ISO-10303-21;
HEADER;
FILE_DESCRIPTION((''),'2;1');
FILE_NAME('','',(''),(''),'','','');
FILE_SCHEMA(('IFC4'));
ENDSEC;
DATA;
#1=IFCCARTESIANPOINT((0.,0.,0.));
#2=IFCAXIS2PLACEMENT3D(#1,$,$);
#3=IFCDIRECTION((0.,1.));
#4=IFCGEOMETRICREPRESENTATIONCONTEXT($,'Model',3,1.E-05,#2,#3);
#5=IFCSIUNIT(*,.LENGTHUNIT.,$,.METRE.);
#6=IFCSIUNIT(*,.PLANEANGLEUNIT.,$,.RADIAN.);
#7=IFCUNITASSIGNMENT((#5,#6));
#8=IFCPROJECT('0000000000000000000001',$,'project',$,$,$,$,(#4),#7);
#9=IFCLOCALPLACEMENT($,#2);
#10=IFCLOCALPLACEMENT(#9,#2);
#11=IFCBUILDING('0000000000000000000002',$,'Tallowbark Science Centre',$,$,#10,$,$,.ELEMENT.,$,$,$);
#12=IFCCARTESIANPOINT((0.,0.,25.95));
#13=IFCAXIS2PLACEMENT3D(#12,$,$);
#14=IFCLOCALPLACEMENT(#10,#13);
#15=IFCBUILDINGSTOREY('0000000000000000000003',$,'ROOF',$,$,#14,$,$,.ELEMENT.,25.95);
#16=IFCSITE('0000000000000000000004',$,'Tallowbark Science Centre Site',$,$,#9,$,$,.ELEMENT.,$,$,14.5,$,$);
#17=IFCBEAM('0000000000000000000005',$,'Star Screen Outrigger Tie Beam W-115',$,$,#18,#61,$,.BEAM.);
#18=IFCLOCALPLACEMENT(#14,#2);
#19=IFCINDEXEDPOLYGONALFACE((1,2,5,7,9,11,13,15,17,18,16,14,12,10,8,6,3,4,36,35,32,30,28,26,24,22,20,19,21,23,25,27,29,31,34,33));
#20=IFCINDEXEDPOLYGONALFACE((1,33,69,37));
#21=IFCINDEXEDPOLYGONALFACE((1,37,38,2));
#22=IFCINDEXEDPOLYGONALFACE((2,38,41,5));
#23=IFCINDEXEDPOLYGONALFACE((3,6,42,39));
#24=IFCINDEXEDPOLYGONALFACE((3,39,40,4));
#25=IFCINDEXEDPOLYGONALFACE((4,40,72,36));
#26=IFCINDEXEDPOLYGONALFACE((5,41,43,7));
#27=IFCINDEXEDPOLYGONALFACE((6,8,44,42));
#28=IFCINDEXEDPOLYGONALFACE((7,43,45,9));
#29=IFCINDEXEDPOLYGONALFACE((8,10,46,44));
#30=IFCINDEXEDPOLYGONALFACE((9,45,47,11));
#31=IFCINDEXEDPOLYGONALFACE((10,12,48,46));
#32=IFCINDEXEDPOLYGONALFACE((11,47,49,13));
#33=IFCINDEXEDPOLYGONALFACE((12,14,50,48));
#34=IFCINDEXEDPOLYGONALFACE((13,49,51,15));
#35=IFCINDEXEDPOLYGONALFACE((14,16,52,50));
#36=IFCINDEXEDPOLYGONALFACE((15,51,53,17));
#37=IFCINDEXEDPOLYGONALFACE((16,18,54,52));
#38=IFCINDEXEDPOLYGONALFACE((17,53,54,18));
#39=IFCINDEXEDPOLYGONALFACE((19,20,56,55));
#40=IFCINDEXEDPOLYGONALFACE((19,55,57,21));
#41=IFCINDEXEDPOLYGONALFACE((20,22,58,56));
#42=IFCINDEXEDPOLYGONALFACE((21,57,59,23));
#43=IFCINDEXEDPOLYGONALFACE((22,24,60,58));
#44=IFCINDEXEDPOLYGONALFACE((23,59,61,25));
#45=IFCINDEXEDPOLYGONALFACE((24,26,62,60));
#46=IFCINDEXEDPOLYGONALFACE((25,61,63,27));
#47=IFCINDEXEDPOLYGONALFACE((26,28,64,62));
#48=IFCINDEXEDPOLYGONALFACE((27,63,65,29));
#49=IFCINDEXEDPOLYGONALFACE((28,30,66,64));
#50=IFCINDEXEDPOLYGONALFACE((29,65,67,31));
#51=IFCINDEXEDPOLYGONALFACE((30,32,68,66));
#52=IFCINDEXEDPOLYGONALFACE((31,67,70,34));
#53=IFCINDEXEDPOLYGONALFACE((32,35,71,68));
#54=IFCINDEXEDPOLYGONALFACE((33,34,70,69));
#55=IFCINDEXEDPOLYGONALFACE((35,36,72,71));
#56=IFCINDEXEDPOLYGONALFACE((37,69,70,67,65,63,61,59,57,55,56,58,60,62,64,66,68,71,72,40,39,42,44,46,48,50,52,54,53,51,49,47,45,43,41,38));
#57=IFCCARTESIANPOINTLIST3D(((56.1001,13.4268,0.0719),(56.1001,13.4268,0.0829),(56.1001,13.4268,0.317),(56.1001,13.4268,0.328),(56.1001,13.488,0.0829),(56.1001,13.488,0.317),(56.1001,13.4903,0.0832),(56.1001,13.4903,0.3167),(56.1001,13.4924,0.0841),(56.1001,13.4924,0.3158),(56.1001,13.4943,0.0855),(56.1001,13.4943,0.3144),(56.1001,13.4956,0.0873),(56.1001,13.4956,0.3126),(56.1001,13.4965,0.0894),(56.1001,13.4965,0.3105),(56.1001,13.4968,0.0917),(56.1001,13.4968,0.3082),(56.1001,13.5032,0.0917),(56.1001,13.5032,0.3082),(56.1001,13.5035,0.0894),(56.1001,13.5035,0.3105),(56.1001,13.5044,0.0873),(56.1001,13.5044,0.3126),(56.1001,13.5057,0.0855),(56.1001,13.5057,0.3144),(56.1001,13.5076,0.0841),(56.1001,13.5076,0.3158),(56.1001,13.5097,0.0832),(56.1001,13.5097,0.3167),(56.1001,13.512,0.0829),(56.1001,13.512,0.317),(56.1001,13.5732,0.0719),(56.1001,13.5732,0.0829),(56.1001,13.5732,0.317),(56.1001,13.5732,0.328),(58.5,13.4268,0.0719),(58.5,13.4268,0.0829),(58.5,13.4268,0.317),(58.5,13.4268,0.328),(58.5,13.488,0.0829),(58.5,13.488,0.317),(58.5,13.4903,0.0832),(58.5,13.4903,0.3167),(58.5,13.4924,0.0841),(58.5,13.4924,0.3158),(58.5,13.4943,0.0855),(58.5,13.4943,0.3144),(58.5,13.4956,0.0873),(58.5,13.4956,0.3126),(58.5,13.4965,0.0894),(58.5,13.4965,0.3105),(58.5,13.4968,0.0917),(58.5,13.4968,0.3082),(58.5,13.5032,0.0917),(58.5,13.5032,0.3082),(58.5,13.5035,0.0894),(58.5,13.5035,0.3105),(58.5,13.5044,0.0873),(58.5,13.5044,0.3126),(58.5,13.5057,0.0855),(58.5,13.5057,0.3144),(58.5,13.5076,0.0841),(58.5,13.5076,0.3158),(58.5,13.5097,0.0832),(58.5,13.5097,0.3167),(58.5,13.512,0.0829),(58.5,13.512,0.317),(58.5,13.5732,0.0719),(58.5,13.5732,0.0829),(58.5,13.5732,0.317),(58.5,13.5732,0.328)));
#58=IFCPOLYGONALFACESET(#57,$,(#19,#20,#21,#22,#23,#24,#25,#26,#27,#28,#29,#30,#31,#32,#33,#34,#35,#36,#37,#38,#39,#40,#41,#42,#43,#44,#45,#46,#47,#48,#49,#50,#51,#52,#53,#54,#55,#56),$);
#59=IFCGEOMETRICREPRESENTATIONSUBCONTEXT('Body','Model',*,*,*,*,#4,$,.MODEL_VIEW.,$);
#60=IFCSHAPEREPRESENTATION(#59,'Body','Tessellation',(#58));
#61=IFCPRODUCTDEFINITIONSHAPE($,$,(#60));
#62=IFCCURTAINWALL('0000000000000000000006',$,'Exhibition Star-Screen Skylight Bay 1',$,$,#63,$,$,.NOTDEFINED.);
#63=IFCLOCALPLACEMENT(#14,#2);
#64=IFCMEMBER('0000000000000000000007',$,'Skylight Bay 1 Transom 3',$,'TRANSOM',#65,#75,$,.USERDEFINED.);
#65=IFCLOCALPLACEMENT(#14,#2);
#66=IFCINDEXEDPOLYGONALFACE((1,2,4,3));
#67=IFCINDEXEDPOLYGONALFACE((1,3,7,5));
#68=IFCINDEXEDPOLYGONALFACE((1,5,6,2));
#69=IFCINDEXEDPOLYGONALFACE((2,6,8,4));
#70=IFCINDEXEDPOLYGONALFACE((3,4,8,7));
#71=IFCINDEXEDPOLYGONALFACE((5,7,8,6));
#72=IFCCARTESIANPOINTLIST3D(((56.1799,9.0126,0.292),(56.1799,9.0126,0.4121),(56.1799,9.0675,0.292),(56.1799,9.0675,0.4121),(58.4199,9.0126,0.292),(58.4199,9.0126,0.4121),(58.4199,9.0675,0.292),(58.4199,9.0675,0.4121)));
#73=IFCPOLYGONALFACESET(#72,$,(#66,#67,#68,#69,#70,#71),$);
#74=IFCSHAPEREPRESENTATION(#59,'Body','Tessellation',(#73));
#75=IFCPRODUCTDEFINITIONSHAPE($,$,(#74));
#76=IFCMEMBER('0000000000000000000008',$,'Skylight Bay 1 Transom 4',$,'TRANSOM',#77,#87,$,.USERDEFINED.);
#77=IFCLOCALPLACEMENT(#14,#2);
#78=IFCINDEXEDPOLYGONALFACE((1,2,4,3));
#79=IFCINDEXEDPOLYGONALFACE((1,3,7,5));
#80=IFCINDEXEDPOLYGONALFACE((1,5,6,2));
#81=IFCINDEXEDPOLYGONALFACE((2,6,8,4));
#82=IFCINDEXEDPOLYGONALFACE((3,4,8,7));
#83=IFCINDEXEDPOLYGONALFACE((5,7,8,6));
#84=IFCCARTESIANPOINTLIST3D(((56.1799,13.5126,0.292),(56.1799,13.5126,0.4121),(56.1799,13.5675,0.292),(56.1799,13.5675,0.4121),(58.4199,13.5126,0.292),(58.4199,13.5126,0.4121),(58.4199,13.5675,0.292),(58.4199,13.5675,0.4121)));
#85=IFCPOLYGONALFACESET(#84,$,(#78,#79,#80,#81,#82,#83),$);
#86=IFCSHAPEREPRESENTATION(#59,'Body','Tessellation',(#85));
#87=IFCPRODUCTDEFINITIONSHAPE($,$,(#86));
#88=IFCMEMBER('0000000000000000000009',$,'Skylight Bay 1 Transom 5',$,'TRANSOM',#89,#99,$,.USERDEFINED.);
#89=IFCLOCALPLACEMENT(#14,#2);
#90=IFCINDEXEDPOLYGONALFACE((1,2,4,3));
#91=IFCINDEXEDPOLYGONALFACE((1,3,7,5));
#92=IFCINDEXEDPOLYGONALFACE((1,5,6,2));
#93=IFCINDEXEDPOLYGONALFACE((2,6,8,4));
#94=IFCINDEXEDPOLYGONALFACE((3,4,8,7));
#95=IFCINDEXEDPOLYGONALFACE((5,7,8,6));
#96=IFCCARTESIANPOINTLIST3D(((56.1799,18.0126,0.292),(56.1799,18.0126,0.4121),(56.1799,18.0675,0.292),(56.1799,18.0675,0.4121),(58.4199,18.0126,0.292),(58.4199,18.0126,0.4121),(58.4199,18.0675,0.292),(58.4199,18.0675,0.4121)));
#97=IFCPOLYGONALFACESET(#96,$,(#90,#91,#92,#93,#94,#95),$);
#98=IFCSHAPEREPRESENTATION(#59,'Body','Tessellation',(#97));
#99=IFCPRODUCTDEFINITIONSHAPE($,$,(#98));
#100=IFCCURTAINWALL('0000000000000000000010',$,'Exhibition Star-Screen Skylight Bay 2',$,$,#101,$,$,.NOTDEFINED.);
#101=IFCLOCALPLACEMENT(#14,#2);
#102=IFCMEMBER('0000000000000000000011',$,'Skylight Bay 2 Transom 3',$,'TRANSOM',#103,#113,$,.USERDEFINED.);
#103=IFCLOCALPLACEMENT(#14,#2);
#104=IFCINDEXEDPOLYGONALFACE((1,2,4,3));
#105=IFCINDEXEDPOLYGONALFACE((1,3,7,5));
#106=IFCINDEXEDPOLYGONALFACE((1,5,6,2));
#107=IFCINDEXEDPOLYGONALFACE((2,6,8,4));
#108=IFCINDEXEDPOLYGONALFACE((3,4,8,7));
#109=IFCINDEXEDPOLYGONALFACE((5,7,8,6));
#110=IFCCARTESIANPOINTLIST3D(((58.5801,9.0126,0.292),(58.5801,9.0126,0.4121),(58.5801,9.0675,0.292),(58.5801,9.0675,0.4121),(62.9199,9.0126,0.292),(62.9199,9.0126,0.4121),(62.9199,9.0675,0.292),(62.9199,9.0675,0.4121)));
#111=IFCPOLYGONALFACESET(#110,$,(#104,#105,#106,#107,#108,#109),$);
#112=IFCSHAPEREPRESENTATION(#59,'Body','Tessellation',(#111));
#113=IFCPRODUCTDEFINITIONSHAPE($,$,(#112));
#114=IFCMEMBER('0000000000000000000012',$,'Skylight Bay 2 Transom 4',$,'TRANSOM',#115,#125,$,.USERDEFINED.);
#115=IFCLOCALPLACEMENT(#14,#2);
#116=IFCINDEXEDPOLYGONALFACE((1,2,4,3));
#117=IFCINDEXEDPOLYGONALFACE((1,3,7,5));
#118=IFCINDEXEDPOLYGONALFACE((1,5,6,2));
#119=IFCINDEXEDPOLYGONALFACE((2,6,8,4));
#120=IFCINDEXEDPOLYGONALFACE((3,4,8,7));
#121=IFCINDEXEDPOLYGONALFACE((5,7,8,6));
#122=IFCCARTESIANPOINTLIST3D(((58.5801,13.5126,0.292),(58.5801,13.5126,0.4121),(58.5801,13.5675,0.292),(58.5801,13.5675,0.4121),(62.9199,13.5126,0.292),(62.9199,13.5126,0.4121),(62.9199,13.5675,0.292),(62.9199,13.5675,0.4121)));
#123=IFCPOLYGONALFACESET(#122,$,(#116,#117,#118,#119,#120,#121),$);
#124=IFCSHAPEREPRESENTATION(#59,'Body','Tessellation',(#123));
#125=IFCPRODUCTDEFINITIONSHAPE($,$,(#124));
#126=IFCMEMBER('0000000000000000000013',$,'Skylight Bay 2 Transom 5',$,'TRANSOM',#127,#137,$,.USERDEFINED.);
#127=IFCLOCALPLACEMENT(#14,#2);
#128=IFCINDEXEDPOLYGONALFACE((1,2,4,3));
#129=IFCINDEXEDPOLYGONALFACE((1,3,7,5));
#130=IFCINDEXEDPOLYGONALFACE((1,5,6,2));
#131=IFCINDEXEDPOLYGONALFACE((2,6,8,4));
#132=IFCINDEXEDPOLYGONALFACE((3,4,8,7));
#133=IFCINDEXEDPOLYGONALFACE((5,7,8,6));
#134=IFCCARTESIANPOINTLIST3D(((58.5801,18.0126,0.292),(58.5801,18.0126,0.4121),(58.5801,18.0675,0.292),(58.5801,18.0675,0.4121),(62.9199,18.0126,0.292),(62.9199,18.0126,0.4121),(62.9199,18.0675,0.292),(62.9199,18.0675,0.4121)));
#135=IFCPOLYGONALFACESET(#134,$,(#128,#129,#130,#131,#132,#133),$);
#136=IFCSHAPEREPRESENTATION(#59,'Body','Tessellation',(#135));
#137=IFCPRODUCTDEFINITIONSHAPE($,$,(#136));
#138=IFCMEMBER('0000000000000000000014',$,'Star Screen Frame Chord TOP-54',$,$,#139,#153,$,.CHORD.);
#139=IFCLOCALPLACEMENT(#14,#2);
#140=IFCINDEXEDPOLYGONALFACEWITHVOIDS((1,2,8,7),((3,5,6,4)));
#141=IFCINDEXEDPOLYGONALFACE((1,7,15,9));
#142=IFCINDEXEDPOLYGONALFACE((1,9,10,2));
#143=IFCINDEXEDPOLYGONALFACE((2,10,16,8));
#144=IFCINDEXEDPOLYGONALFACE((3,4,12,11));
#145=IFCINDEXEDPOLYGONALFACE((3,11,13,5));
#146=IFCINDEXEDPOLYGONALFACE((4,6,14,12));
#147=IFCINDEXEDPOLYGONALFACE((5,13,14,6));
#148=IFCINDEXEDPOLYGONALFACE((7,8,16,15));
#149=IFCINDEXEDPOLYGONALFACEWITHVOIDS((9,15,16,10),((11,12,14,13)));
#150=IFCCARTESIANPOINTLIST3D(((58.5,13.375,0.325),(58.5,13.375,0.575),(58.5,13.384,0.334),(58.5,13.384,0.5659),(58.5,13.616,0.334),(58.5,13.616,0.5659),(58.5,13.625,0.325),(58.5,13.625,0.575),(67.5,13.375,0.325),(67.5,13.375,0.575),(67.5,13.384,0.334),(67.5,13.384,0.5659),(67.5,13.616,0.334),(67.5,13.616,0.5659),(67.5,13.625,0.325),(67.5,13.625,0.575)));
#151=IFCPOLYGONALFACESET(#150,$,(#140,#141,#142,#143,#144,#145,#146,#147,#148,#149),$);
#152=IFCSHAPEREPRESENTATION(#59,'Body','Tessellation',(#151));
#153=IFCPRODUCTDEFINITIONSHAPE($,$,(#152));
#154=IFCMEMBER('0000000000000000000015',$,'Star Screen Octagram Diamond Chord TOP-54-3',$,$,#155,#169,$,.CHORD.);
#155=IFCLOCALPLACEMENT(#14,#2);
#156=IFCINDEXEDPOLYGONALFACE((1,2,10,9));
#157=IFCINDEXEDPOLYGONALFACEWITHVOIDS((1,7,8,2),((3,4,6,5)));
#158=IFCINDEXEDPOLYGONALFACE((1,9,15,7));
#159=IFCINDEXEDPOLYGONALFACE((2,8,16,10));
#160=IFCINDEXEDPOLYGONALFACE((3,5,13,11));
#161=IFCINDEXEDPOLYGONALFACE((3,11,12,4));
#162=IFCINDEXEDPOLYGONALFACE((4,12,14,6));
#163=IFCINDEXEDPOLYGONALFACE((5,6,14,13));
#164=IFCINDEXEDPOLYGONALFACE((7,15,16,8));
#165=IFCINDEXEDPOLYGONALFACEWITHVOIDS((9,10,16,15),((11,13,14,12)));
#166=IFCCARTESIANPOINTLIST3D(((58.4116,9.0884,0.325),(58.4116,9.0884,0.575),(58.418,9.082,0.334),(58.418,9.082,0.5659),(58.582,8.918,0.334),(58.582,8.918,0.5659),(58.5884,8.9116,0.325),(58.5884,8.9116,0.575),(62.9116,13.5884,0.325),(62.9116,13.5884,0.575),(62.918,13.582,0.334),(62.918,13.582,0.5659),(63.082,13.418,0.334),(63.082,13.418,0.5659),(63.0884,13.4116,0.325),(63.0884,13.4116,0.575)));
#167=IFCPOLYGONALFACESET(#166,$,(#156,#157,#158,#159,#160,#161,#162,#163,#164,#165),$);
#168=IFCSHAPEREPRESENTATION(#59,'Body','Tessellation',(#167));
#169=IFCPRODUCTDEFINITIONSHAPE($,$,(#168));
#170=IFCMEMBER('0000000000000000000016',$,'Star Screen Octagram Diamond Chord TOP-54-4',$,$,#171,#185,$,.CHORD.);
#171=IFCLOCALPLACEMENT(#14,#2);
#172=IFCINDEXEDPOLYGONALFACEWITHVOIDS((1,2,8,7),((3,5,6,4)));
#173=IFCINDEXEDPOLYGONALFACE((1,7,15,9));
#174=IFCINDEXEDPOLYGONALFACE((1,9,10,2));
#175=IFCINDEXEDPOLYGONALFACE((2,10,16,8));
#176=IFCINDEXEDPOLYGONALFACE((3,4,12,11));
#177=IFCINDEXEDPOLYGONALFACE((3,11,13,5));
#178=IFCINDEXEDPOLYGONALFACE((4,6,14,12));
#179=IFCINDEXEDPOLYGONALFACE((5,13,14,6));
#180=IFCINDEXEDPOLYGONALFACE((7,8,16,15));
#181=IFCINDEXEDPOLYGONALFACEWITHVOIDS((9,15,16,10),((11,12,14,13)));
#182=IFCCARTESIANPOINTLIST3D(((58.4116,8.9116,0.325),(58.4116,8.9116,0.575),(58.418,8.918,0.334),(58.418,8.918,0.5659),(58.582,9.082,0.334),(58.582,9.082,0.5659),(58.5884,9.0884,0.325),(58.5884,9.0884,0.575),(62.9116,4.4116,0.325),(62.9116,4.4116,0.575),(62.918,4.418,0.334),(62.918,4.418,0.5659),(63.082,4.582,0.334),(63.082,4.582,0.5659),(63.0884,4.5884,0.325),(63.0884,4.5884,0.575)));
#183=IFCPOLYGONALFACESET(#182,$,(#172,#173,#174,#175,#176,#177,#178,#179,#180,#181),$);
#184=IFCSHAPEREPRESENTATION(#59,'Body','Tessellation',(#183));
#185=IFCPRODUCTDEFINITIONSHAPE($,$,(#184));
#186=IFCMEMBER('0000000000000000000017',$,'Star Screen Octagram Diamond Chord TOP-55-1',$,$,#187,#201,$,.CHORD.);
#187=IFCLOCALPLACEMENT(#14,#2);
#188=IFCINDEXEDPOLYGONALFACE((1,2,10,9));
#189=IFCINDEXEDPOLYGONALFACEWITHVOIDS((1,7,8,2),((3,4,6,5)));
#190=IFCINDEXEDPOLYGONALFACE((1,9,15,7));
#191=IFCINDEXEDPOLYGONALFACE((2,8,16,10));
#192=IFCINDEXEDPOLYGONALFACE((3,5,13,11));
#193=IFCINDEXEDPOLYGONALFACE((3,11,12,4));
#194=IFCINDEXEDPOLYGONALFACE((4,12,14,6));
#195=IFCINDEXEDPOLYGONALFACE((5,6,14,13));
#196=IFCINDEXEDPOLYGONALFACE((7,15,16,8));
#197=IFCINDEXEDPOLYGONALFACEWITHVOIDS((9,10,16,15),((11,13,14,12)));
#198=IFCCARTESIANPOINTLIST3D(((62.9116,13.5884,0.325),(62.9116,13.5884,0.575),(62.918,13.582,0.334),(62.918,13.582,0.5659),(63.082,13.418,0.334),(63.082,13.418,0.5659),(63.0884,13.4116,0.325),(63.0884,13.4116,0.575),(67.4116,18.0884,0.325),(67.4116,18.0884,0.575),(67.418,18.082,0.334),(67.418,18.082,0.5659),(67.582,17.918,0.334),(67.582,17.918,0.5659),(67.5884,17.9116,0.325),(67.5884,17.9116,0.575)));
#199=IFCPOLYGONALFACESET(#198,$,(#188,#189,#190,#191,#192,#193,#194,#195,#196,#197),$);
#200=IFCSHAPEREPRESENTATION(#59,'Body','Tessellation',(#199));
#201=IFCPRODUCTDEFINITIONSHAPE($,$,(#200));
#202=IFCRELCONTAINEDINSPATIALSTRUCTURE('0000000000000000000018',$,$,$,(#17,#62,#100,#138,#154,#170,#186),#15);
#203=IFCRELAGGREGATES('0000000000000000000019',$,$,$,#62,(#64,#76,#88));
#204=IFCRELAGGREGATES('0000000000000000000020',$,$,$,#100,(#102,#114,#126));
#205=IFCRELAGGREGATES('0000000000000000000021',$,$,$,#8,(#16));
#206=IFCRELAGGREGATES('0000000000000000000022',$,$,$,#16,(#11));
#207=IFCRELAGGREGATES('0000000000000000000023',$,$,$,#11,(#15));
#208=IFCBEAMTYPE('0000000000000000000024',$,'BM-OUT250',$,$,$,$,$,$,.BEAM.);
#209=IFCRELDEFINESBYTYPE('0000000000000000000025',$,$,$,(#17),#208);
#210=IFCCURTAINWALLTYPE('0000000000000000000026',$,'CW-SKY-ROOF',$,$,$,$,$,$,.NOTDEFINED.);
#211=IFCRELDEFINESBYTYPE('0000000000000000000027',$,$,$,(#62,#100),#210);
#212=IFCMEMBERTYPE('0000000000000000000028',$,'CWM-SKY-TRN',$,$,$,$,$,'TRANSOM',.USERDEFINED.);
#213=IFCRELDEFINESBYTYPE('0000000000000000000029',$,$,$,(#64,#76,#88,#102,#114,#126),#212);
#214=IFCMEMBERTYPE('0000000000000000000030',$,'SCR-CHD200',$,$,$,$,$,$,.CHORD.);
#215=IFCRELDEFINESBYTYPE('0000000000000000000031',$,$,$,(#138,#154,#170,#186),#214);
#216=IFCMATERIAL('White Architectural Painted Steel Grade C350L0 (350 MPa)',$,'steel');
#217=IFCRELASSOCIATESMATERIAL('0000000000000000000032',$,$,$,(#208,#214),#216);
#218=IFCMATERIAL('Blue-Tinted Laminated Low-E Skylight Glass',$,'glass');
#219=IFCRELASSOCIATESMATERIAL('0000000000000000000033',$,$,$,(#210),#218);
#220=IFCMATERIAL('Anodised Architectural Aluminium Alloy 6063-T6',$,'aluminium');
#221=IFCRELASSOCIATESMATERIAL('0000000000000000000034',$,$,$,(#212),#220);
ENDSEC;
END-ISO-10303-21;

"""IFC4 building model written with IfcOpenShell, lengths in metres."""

from ifc_helpers import new_model, si_unit, direction, frame, origin, origin_2d, place, context, subcontext, project, spatial, rectangle, hollow_rectangle, i_section, extrude, material, material_profile, profile_set, type_object, element, aggregate, save


model = new_model("IFC4")

# Units and contexts
model_context = context("Model", 3, precision=1e-05, world=origin(), true_north=direction((0.0, 1.0)))
body_context = subcontext(model_context, "Body", "Model", "MODEL_VIEW")
ifc_project = project(units=[si_unit("LENGTHUNIT", "METRE"), si_unit("PLANEANGLEUNIT", "RADIAN")], contexts=[model_context])

# Site, building, storey
site_placement = place(None, origin())
site = spatial("IfcSite", under=ifc_project, at=site_placement, Name="Tallowbark Science Centre Site", CompositionType="ELEMENT", RefElevation=14.5)
building_placement = place(site_placement, origin())
building = spatial("IfcBuilding", under=site, at=building_placement, Name="Tallowbark Science Centre", CompositionType="ELEMENT")
storey_placement = place(building_placement, frame((0.0, 0.0, 25.95)))
storey = spatial("IfcBuildingStorey", under=building, at=storey_placement, Name="ROOF", CompositionType="ELEMENT", Elevation=25.95)

# Beam
ifc_material_1 = material(Name="White Architectural Painted Steel Grade C350L0 (350 MPa)", Category="steel")
ifc_material_profile_1 = material_profile(ifc_material_1, i_section(OverallWidth=0.1465, OverallDepth=0.2561, WebThickness=0.0063, FlangeThickness=0.011, FilletRadius=0.0088, at=origin_2d()), Name="250UB37.3")
ifc_profile_set_1 = profile_set([ifc_material_profile_1], Name="White Architectural Painted Steel Grade C350L0 (350 MPa)")
beam_type = type_object("IfcBeamType", Name="BM-OUT250", PredefinedType="BEAM", material=ifc_profile_set_1)
beam_placement = place(storey_placement, frame((58.5, 13.5, 0.2), z_axis=(-1.0, 0.0, 0.0), x_axis=(0.0, -1.0, 0.0)))
element("IfcBeam", 1, at=beam_placement, inside=storey, type_object=beam_type, Name="Star Screen Outrigger Tie Beam W-115", PredefinedType="BEAM", context=body_context, shape_type="SweptSolid", body=[
    extrude(i_section(OverallWidth=0.1465, OverallDepth=0.2561, WebThickness=0.0063, FlangeThickness=0.011, FilletRadius=0.0088, at=origin_2d()), origin(), (0.0, 0.0, 1.0), 2.3999),
])

# Curtain walls, members
ifc_material_2 = material(Name="Blue-Tinted Laminated Low-E Skylight Glass", Category="glass")
curtain_wall_type = type_object("IfcCurtainWallType", Name="CW-SKY-ROOF", PredefinedType="NOTDEFINED", material=ifc_material_2)
curtain_wall_1_placement = place(storey_placement, origin())
curtain_wall_1 = element("IfcCurtainWall", 2, at=curtain_wall_1_placement, inside=storey, type_object=curtain_wall_type, Name="Exhibition Star-Screen Skylight Bay 1", PredefinedType="NOTDEFINED")
ifc_material_3 = material(Name="Anodised Architectural Aluminium Alloy 6063-T6", Category="aluminium")
ifc_material_profile_2 = material_profile(ifc_material_3, rectangle(XDim=0.0549, YDim=0.1201, at=origin_2d()), Name="ALU55x120")
ifc_profile_set_2 = profile_set([ifc_material_profile_2], Name="Anodised Architectural Aluminium Alloy 6063-T6")
member_type_1 = type_object("IfcMemberType", Name="CWM-SKY-TRN", ElementType="TRANSOM", PredefinedType="USERDEFINED", material=ifc_profile_set_2)
member_1_placement = place(storey_placement, frame((56.1799, 9.04, 0.3521), z_axis=(1.0, 0.0, 0.0), x_axis=(0.0, 1.0, 0.0)))
member_1 = element("IfcMember", 3, at=member_1_placement, type_object=member_type_1, Name="Skylight Bay 1 Transom 3", ObjectType="TRANSOM", PredefinedType="USERDEFINED", context=body_context, shape_type="SweptSolid", body=[
    extrude(rectangle(XDim=0.0549, YDim=0.1201, at=origin_2d()), origin(), (0.0, 0.0, 1.0), 2.24),
])
member_2_placement = place(storey_placement, frame((56.1799, 13.54, 0.3521), z_axis=(1.0, 0.0, 0.0), x_axis=(0.0, 1.0, 0.0)))
member_2 = element("IfcMember", 4, at=member_2_placement, type_object=member_type_1, Name="Skylight Bay 1 Transom 4", ObjectType="TRANSOM", PredefinedType="USERDEFINED", context=body_context, shape_type="SweptSolid", body=[
    extrude(rectangle(XDim=0.0549, YDim=0.1201, at=origin_2d()), origin(), (0.0, 0.0, 1.0), 2.24),
])
member_3_placement = place(storey_placement, frame((56.1799, 18.04, 0.3521), z_axis=(1.0, 0.0, 0.0), x_axis=(0.0, 1.0, 0.0)))
member_3 = element("IfcMember", 5, at=member_3_placement, type_object=member_type_1, Name="Skylight Bay 1 Transom 5", ObjectType="TRANSOM", PredefinedType="USERDEFINED", context=body_context, shape_type="SweptSolid", body=[
    extrude(rectangle(XDim=0.0549, YDim=0.1201, at=origin_2d()), origin(), (0.0, 0.0, 1.0), 2.24),
])
curtain_wall_2_placement = place(storey_placement, origin())
curtain_wall_2 = element("IfcCurtainWall", 6, at=curtain_wall_2_placement, inside=storey, type_object=curtain_wall_type, Name="Exhibition Star-Screen Skylight Bay 2", PredefinedType="NOTDEFINED")
member_4_placement = place(storey_placement, frame((58.5801, 9.04, 0.3521), z_axis=(1.0, 0.0, 0.0), x_axis=(0.0, 1.0, 0.0)))
member_4 = element("IfcMember", 7, at=member_4_placement, type_object=member_type_1, Name="Skylight Bay 2 Transom 3", ObjectType="TRANSOM", PredefinedType="USERDEFINED", context=body_context, shape_type="SweptSolid", body=[
    extrude(rectangle(XDim=0.0549, YDim=0.1201, at=origin_2d()), origin(), (0.0, 0.0, 1.0), 4.3398),
])
member_5_placement = place(storey_placement, frame((58.5801, 13.54, 0.3521), z_axis=(1.0, 0.0, 0.0), x_axis=(0.0, 1.0, 0.0)))
member_5 = element("IfcMember", 8, at=member_5_placement, type_object=member_type_1, Name="Skylight Bay 2 Transom 4", ObjectType="TRANSOM", PredefinedType="USERDEFINED", context=body_context, shape_type="SweptSolid", body=[
    extrude(rectangle(XDim=0.0549, YDim=0.1201, at=origin_2d()), origin(), (0.0, 0.0, 1.0), 4.3398),
])
member_6_placement = place(storey_placement, frame((58.5801, 18.04, 0.3521), z_axis=(1.0, 0.0, 0.0), x_axis=(0.0, 1.0, 0.0)))
member_6 = element("IfcMember", 9, at=member_6_placement, type_object=member_type_1, Name="Skylight Bay 2 Transom 5", ObjectType="TRANSOM", PredefinedType="USERDEFINED", context=body_context, shape_type="SweptSolid", body=[
    extrude(rectangle(XDim=0.0549, YDim=0.1201, at=origin_2d()), origin(), (0.0, 0.0, 1.0), 4.3398),
])

# Members
ifc_material_profile_3 = material_profile(ifc_material_1, hollow_rectangle(XDim=0.25, YDim=0.25, WallThickness=0.009, at=origin_2d()), Name="250x250x9.0SHS")
ifc_profile_set_3 = profile_set([ifc_material_profile_3], Name="White Architectural Painted Steel Grade C350L0 (350 MPa)")
member_type_2 = type_object("IfcMemberType", Name="SCR-CHD200", PredefinedType="CHORD", material=ifc_profile_set_3)
member_7_placement = place(storey_placement, frame((58.5, 13.5, 0.45), z_axis=(1.0, 0.0, 0.0), x_axis=(0.0, 1.0, 0.0)))
element("IfcMember", 10, at=member_7_placement, inside=storey, type_object=member_type_2, Name="Star Screen Frame Chord TOP-54", PredefinedType="CHORD", context=body_context, shape_type="SweptSolid", body=[
    extrude(hollow_rectangle(XDim=0.25, YDim=0.25, WallThickness=0.009, at=origin_2d()), origin(), (0.0, 0.0, 1.0), 9.0),
])
for number, where, z_axis, x_axis, name in (
    (11, (63.0, 13.5, 0.45), (-0.707107, -0.707107, 0.0), (0.707107, -0.707107, 0.0), "Star Screen Octagram Diamond Chord TOP-54-3"),
    (12, (58.5, 9.0, 0.45), (0.707107, -0.707107, 0.0), (0.707107, 0.707107, 0.0), "Star Screen Octagram Diamond Chord TOP-54-4"),
    (13, (63.0, 13.5, 0.45), (0.707107, 0.707107, 0.0), (-0.707107, 0.707107, 0.0), "Star Screen Octagram Diamond Chord TOP-55-1"),
):
    element("IfcMember", number, at=place(storey_placement, frame(where, z_axis=z_axis, x_axis=x_axis)), inside=storey, type_object=member_type_2, Name=name, PredefinedType="CHORD", context=body_context, shape_type="SweptSolid", body=[
        extrude(hollow_rectangle(XDim=0.25, YDim=0.25, WallThickness=0.009, at=origin_2d()), origin(), (0.0, 0.0, 1.0), 6.364),
    ])

aggregate(curtain_wall_1, [member_1, member_2, member_3])
aggregate(curtain_wall_2, [member_4, member_5, member_6])

save(model, "model.ifc")
